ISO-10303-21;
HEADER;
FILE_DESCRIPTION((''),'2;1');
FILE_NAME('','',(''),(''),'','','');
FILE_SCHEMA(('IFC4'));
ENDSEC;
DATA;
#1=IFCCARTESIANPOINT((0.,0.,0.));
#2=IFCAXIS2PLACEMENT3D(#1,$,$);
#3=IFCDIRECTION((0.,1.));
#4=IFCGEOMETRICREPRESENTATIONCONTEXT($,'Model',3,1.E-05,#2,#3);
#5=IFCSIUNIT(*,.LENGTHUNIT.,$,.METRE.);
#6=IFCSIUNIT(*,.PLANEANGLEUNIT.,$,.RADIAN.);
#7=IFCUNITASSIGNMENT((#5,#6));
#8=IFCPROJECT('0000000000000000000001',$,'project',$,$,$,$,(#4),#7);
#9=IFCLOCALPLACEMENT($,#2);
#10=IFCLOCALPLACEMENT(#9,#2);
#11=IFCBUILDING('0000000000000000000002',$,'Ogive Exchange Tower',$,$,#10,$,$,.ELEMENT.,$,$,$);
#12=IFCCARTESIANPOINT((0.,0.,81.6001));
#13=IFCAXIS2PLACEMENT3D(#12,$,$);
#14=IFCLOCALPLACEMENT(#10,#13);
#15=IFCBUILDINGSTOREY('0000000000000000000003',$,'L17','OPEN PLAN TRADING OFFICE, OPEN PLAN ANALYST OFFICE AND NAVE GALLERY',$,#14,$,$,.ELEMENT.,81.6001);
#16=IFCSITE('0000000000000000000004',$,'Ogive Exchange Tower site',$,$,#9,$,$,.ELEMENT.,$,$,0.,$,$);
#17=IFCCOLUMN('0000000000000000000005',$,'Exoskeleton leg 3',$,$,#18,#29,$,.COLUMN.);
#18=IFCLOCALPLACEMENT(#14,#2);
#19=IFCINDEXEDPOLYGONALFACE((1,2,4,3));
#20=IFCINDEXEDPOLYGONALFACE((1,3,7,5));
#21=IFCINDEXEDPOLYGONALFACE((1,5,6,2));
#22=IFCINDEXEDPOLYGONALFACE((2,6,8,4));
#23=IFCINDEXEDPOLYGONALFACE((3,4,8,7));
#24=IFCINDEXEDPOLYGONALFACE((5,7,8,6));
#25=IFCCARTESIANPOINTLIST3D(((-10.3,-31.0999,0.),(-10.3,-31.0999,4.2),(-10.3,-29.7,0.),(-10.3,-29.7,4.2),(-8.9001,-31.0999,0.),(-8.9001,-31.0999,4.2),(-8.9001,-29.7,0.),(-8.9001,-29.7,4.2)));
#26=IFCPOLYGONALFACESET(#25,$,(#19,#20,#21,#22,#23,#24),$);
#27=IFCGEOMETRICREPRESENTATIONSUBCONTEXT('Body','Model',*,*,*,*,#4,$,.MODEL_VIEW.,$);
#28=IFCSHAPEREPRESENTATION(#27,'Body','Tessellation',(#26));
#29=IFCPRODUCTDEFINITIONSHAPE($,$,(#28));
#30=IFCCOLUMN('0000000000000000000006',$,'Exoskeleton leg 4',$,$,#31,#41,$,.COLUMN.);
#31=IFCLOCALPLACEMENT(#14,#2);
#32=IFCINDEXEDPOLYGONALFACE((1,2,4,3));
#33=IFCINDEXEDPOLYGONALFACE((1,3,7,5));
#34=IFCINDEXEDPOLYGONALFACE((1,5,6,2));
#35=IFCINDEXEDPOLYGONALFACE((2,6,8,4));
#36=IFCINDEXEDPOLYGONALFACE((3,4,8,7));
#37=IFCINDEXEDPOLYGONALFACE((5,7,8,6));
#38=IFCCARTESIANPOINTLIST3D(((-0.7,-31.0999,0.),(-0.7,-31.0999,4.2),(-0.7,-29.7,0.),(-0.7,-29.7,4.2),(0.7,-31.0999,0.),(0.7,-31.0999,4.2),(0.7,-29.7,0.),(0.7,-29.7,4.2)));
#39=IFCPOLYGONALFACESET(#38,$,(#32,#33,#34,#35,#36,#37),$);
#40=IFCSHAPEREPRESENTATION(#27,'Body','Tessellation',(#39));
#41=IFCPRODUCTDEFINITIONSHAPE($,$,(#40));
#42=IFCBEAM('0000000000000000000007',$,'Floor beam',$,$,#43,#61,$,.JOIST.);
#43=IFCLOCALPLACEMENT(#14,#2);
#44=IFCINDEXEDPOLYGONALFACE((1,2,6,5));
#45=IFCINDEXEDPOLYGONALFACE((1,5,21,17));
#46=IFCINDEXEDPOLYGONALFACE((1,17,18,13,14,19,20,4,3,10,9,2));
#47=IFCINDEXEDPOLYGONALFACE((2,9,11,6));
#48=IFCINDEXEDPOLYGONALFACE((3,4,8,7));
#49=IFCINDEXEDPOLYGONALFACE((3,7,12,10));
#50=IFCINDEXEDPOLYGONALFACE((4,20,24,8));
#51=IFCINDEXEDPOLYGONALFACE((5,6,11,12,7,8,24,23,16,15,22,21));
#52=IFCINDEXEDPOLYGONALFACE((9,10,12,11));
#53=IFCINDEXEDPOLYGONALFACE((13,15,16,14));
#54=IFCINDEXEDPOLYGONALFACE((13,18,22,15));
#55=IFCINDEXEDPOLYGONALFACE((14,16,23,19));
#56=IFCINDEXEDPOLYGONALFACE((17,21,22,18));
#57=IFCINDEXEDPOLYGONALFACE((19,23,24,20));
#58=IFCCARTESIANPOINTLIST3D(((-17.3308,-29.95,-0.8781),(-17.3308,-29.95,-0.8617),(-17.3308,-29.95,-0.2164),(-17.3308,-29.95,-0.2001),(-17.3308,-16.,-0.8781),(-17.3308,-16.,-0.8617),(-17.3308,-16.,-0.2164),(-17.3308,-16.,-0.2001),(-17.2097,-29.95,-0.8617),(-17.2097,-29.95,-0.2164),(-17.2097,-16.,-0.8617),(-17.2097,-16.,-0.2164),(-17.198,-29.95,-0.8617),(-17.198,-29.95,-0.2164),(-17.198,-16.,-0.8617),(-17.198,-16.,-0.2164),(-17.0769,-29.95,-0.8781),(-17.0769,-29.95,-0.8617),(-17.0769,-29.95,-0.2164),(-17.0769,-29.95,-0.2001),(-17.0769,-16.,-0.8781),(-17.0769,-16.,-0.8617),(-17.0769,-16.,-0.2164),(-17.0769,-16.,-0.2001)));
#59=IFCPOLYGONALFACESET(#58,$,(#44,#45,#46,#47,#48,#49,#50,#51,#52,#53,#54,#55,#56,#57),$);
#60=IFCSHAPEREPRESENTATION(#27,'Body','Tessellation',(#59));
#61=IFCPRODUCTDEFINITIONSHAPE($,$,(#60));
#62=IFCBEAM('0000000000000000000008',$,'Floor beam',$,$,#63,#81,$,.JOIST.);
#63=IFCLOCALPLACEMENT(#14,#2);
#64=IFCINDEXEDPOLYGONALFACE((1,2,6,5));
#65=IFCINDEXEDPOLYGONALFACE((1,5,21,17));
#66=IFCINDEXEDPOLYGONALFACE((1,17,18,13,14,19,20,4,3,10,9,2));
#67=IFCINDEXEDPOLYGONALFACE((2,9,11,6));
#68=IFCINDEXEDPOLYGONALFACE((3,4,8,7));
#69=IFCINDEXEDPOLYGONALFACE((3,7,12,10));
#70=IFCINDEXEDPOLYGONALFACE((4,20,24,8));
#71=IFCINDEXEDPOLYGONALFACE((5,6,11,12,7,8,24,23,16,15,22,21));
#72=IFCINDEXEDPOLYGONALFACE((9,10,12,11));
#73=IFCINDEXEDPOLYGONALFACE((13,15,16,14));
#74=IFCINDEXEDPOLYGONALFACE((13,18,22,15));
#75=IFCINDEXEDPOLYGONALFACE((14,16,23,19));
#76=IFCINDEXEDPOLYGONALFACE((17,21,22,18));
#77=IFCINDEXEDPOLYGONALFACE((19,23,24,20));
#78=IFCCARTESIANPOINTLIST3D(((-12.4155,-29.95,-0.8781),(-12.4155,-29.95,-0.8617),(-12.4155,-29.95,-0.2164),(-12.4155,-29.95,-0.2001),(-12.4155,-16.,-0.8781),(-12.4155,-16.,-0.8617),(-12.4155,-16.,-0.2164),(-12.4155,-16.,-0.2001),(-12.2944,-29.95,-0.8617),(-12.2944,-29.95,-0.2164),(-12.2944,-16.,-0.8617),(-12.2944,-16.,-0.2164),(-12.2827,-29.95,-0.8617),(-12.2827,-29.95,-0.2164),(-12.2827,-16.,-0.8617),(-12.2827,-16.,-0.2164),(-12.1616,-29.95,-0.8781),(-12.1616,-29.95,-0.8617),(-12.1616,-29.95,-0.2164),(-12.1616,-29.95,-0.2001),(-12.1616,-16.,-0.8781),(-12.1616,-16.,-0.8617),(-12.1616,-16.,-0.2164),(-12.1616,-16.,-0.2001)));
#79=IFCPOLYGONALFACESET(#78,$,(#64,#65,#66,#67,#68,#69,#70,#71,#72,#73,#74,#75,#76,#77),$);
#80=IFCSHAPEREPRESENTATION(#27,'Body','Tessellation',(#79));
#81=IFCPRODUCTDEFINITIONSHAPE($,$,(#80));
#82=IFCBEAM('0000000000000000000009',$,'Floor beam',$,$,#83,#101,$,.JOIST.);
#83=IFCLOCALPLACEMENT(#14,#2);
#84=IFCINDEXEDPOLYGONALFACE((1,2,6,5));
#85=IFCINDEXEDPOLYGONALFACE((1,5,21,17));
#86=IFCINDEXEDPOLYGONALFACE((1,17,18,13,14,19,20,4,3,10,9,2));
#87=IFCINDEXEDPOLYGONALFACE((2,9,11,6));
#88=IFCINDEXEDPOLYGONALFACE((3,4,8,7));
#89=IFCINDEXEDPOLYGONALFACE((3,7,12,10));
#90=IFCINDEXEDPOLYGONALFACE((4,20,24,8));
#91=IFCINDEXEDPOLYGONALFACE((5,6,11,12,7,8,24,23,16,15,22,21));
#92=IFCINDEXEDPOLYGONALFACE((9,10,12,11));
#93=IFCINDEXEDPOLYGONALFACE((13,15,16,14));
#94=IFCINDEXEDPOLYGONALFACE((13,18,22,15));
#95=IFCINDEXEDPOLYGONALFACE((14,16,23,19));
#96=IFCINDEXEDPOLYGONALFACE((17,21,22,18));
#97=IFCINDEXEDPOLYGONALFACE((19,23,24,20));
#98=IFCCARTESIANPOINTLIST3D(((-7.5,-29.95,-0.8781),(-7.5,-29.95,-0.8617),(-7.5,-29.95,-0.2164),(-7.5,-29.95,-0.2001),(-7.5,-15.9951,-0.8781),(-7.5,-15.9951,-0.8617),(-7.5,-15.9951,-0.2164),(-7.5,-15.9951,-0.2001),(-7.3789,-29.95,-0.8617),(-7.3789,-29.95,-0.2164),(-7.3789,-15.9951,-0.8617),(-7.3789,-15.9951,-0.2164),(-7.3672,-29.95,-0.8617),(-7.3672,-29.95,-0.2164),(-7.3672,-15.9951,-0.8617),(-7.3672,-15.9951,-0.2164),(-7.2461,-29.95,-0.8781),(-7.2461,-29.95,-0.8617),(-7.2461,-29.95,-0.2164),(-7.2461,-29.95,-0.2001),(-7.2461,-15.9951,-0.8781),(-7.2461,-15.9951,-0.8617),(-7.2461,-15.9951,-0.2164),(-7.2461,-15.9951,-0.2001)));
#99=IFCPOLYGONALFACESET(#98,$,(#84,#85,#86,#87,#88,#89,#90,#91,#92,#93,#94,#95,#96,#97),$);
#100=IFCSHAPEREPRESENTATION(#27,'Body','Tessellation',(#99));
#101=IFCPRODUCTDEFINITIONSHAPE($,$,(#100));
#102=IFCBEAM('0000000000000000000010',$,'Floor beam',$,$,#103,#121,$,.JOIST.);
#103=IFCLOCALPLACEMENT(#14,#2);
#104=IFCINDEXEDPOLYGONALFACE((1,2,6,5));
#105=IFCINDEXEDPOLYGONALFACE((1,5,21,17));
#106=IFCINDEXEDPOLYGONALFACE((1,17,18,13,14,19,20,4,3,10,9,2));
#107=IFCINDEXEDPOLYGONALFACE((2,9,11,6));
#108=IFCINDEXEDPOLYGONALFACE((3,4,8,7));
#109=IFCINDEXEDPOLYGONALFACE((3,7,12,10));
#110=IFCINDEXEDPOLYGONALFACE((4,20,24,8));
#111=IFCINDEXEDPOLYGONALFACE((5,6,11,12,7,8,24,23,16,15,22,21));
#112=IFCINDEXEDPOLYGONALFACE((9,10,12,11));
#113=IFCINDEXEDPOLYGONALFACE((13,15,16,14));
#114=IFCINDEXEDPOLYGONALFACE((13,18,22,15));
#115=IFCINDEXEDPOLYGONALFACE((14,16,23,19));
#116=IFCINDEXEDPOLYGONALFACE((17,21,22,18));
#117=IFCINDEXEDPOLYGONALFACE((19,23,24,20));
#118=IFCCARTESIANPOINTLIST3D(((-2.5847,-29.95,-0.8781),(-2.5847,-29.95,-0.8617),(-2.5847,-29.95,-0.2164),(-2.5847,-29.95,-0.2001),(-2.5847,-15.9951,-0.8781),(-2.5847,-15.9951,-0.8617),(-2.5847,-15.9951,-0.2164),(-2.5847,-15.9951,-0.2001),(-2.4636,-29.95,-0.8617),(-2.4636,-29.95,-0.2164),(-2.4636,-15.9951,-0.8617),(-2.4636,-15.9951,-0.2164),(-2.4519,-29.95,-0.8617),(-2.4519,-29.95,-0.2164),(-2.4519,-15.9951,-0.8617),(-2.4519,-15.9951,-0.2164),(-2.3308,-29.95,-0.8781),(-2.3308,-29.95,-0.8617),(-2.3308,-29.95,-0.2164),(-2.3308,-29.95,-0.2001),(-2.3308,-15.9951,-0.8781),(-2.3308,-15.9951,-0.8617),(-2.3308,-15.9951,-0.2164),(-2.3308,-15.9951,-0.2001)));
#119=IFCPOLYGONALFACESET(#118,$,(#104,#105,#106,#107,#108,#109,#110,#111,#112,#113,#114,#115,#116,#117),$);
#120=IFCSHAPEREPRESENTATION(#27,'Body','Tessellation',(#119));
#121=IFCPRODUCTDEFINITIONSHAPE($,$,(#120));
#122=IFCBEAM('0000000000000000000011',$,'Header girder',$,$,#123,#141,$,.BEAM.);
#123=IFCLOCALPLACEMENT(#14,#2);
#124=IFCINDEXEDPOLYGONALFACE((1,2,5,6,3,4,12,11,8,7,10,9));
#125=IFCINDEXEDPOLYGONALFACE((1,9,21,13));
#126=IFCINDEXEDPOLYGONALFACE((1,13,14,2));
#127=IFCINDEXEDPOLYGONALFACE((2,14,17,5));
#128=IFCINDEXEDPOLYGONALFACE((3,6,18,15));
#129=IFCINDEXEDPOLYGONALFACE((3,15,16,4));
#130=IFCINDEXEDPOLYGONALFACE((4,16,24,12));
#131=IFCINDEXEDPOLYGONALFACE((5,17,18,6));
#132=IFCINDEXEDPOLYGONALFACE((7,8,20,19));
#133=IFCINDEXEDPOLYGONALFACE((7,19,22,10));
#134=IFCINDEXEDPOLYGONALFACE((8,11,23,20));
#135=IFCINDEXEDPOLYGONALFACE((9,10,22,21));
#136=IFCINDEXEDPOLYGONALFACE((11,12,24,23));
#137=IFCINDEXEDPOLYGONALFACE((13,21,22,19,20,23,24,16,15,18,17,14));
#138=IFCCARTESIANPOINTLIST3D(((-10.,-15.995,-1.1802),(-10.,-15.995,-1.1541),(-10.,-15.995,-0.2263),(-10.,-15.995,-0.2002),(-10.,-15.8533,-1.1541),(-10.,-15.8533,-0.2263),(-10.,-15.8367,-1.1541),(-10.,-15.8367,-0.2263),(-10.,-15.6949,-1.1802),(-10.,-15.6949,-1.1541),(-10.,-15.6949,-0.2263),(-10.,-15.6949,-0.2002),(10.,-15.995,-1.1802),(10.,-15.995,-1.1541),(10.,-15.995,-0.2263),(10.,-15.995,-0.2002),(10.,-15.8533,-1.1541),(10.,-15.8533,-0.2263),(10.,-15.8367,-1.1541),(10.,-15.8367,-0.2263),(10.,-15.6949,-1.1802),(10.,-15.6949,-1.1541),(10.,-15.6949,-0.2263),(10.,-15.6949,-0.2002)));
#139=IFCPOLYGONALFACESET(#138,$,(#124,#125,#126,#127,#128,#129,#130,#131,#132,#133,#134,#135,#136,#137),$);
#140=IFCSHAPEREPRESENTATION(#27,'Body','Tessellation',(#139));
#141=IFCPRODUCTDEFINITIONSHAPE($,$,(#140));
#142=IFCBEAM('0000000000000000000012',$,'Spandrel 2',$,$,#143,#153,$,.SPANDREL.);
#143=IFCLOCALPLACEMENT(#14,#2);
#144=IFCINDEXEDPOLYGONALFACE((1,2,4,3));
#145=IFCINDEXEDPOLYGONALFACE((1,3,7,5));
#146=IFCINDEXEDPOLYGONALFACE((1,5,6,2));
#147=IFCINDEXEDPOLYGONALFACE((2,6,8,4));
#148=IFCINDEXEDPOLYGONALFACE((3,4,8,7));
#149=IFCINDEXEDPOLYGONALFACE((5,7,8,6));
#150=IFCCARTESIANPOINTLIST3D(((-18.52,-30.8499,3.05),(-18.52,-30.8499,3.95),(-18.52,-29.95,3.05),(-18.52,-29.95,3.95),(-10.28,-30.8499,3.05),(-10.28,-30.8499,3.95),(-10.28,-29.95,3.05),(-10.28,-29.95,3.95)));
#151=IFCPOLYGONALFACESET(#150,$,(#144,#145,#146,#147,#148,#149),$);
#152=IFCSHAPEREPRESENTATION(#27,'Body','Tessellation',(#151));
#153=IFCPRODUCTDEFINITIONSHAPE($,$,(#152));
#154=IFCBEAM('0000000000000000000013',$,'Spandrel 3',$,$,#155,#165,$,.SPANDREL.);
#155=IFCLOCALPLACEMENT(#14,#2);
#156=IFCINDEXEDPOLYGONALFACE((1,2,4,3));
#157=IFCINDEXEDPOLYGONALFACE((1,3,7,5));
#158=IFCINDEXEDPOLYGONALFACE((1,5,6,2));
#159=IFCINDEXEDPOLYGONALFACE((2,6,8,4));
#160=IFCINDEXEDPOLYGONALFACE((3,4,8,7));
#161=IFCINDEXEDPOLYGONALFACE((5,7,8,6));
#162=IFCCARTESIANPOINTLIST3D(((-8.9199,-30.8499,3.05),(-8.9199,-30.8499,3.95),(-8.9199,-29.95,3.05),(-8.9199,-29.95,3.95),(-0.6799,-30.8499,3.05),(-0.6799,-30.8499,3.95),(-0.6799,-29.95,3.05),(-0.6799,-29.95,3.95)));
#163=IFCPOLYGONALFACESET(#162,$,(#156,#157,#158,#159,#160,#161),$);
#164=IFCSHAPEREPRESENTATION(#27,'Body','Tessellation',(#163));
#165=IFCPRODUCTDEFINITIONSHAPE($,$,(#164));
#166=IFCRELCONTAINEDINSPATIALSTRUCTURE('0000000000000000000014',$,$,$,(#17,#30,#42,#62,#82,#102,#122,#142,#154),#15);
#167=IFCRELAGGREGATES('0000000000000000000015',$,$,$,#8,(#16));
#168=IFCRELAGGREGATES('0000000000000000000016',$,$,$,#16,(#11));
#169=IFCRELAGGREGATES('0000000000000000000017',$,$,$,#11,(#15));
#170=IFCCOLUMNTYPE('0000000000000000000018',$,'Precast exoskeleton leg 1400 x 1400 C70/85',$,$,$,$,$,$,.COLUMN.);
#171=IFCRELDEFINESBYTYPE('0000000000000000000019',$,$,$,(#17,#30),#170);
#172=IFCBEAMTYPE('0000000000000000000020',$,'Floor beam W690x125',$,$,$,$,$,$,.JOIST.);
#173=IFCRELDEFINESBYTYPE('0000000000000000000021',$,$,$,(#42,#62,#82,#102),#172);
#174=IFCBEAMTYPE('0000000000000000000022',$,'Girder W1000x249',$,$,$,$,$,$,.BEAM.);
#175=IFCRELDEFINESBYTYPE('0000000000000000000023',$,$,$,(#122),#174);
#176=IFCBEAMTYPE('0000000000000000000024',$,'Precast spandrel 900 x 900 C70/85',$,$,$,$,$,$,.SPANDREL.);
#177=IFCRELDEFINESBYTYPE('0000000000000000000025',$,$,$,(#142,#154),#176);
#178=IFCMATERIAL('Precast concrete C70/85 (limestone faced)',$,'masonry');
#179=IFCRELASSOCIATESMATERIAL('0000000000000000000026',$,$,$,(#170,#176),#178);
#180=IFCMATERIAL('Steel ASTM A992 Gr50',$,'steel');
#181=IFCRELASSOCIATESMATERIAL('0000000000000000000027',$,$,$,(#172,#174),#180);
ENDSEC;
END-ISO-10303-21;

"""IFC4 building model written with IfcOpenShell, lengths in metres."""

from ifc_helpers import new_model, si_unit, direction, frame, origin, origin_2d, place, context, subcontext, project, spatial, rectangle, i_section, extrude, material, material_profile, profile_set, type_object, element, save


model = new_model("IFC4")

# Units and contexts
model_context = context("Model", 3, precision=1e-05, world=origin(), true_north=direction((0.0, 1.0)))
body_context = subcontext(model_context, "Body", "Model", "MODEL_VIEW")
ifc_project = project(units=[si_unit("LENGTHUNIT", "METRE"), si_unit("PLANEANGLEUNIT", "RADIAN")], contexts=[model_context])

# Site, building, storey
site_placement = place(None, origin())
site = spatial("IfcSite", under=ifc_project, at=site_placement, Name="Ogive Exchange Tower site", CompositionType="ELEMENT", RefElevation=0.0)
building_placement = place(site_placement, origin())
building = spatial("IfcBuilding", under=site, at=building_placement, Name="Ogive Exchange Tower", CompositionType="ELEMENT")
storey_placement = place(building_placement, frame((0.0, 0.0, 81.6001)))
storey = spatial("IfcBuildingStorey", under=building, at=storey_placement, Name="L17", Description="OPEN PLAN TRADING OFFICE, OPEN PLAN ANALYST OFFICE AND NAVE GALLERY", CompositionType="ELEMENT", Elevation=81.6001)

# Columns
ifc_material_1 = material(Name="Precast concrete C70/85 (limestone faced)", Category="masonry")
ifc_material_profile_1 = material_profile(ifc_material_1, rectangle(XDim=1.3999, YDim=1.3999, at=origin_2d()), Name="1400 x 1400")
ifc_profile_set_1 = profile_set([ifc_material_profile_1], Name="Precast concrete C70/85 (limestone faced)")
column_type = type_object("IfcColumnType", Name="Precast exoskeleton leg 1400 x 1400 C70/85", PredefinedType="COLUMN", material=ifc_profile_set_1)
for number, where, z_axis, x_axis, name in (
    (1, (-9.6001, -30.3999, 0.0), (0.0, 0.0, 1.0), (1.0, 0.0, 0.0), "Exoskeleton leg 3"),
    (2, (0.0, -30.3999, 0.0), (0.0, 0.0, 1.0), (1.0, 0.0, 0.0), "Exoskeleton leg 4"),
):
    element("IfcColumn", number, at=place(storey_placement, frame(where, z_axis=z_axis, x_axis=x_axis)), inside=storey, type_object=column_type, Name=name, PredefinedType="COLUMN", context=body_context, shape_type="SweptSolid", body=[
        extrude(rectangle(XDim=1.3999, YDim=1.3999, at=origin_2d()), origin(), (0.0, 0.0, 1.0), 4.2),
    ])

# Beams
ifc_material_2 = material(Name="Steel ASTM A992 Gr50", Category="steel")
ifc_material_profile_2 = material_profile(ifc_material_2, i_section(OverallWidth=0.2539, OverallDepth=0.678, WebThickness=0.0117, FlangeThickness=0.0164, at=origin_2d()), Name="W690x125")
ifc_profile_set_2 = profile_set([ifc_material_profile_2], Name="Steel ASTM A992 Gr50")
beam_type_1 = type_object("IfcBeamType", Name="Floor beam W690x125", PredefinedType="JOIST", material=ifc_profile_set_2)
for number, where, z_axis, x_axis, name in (
    (3, (-17.2039, -29.95, -0.5391), (0.0, 1.0, 0.0), (-1.0, 0.0, 0.0), "Floor beam"),
    (4, (-12.2886, -29.95, -0.5391), (0.0, 1.0, 0.0), (-1.0, 0.0, 0.0), "Floor beam"),
):
    element("IfcBeam", number, at=place(storey_placement, frame(where, z_axis=z_axis, x_axis=x_axis)), inside=storey, type_object=beam_type_1, Name=name, PredefinedType="JOIST", context=body_context, shape_type="SweptSolid", body=[
        extrude(i_section(OverallWidth=0.2539, OverallDepth=0.678, WebThickness=0.0117, FlangeThickness=0.0164, at=origin_2d()), origin(), (0.0, 0.0, 1.0), 13.95),
    ])
for number, where, z_axis, x_axis, name in (
    (5, (-7.373, -29.95, -0.5391), (0.0, 1.0, 0.0), (-1.0, 0.0, 0.0), "Floor beam"),
    (6, (-2.4578, -29.95, -0.5391), (0.0, 1.0, 0.0), (-1.0, 0.0, 0.0), "Floor beam"),
):
    element("IfcBeam", number, at=place(storey_placement, frame(where, z_axis=z_axis, x_axis=x_axis)), inside=storey, type_object=beam_type_1, Name=name, PredefinedType="JOIST", context=body_context, shape_type="SweptSolid", body=[
        extrude(i_section(OverallWidth=0.2539, OverallDepth=0.678, WebThickness=0.0117, FlangeThickness=0.0164, at=origin_2d()), origin(), (0.0, 0.0, 1.0), 13.9548),
    ])
ifc_material_profile_3 = material_profile(ifc_material_2, i_section(OverallWidth=0.3, OverallDepth=0.98, WebThickness=0.0166, FlangeThickness=0.0261, at=origin_2d()), Name="W1000x249")
ifc_profile_set_3 = profile_set([ifc_material_profile_3], Name="Steel ASTM A992 Gr50")
beam_type_2 = type_object("IfcBeamType", Name="Girder W1000x249", PredefinedType="BEAM", material=ifc_profile_set_3)
beam_placement = place(storey_placement, frame((-10.0, -15.845, -0.6902), z_axis=(1.0, 0.0, 0.0), x_axis=(0.0, 1.0, 0.0)))
element("IfcBeam", 7, at=beam_placement, inside=storey, type_object=beam_type_2, Name="Header girder", PredefinedType="BEAM", context=body_context, shape_type="SweptSolid", body=[
    extrude(i_section(OverallWidth=0.3, OverallDepth=0.98, WebThickness=0.0166, FlangeThickness=0.0261, at=origin_2d()), origin(), (0.0, 0.0, 1.0), 20.0),
])
ifc_material_profile_4 = material_profile(ifc_material_1, rectangle(XDim=0.8999, YDim=0.8999, at=origin_2d()), Name="900 x 900")
ifc_profile_set_4 = profile_set([ifc_material_profile_4], Name="Precast concrete C70/85 (limestone faced)")
beam_type_3 = type_object("IfcBeamType", Name="Precast spandrel 900 x 900 C70/85", PredefinedType="SPANDREL", material=ifc_profile_set_4)
for number, where, z_axis, x_axis, name in (
    (8, (-18.52, -30.3999, 3.5), (1.0, 0.0, 0.0), (0.0, 1.0, 0.0), "Spandrel 2"),
    (9, (-8.9199, -30.3999, 3.5), (1.0, 0.0, 0.0), (0.0, 1.0, 0.0), "Spandrel 3"),
):
    element("IfcBeam", number, at=place(storey_placement, frame(where, z_axis=z_axis, x_axis=x_axis)), inside=storey, type_object=beam_type_3, Name=name, PredefinedType="SPANDREL", context=body_context, shape_type="SweptSolid", body=[
        extrude(rectangle(XDim=0.8999, YDim=0.8999, at=origin_2d()), origin(), (0.0, 0.0, 1.0), 8.24),
    ])

save(model, "model.ifc")
